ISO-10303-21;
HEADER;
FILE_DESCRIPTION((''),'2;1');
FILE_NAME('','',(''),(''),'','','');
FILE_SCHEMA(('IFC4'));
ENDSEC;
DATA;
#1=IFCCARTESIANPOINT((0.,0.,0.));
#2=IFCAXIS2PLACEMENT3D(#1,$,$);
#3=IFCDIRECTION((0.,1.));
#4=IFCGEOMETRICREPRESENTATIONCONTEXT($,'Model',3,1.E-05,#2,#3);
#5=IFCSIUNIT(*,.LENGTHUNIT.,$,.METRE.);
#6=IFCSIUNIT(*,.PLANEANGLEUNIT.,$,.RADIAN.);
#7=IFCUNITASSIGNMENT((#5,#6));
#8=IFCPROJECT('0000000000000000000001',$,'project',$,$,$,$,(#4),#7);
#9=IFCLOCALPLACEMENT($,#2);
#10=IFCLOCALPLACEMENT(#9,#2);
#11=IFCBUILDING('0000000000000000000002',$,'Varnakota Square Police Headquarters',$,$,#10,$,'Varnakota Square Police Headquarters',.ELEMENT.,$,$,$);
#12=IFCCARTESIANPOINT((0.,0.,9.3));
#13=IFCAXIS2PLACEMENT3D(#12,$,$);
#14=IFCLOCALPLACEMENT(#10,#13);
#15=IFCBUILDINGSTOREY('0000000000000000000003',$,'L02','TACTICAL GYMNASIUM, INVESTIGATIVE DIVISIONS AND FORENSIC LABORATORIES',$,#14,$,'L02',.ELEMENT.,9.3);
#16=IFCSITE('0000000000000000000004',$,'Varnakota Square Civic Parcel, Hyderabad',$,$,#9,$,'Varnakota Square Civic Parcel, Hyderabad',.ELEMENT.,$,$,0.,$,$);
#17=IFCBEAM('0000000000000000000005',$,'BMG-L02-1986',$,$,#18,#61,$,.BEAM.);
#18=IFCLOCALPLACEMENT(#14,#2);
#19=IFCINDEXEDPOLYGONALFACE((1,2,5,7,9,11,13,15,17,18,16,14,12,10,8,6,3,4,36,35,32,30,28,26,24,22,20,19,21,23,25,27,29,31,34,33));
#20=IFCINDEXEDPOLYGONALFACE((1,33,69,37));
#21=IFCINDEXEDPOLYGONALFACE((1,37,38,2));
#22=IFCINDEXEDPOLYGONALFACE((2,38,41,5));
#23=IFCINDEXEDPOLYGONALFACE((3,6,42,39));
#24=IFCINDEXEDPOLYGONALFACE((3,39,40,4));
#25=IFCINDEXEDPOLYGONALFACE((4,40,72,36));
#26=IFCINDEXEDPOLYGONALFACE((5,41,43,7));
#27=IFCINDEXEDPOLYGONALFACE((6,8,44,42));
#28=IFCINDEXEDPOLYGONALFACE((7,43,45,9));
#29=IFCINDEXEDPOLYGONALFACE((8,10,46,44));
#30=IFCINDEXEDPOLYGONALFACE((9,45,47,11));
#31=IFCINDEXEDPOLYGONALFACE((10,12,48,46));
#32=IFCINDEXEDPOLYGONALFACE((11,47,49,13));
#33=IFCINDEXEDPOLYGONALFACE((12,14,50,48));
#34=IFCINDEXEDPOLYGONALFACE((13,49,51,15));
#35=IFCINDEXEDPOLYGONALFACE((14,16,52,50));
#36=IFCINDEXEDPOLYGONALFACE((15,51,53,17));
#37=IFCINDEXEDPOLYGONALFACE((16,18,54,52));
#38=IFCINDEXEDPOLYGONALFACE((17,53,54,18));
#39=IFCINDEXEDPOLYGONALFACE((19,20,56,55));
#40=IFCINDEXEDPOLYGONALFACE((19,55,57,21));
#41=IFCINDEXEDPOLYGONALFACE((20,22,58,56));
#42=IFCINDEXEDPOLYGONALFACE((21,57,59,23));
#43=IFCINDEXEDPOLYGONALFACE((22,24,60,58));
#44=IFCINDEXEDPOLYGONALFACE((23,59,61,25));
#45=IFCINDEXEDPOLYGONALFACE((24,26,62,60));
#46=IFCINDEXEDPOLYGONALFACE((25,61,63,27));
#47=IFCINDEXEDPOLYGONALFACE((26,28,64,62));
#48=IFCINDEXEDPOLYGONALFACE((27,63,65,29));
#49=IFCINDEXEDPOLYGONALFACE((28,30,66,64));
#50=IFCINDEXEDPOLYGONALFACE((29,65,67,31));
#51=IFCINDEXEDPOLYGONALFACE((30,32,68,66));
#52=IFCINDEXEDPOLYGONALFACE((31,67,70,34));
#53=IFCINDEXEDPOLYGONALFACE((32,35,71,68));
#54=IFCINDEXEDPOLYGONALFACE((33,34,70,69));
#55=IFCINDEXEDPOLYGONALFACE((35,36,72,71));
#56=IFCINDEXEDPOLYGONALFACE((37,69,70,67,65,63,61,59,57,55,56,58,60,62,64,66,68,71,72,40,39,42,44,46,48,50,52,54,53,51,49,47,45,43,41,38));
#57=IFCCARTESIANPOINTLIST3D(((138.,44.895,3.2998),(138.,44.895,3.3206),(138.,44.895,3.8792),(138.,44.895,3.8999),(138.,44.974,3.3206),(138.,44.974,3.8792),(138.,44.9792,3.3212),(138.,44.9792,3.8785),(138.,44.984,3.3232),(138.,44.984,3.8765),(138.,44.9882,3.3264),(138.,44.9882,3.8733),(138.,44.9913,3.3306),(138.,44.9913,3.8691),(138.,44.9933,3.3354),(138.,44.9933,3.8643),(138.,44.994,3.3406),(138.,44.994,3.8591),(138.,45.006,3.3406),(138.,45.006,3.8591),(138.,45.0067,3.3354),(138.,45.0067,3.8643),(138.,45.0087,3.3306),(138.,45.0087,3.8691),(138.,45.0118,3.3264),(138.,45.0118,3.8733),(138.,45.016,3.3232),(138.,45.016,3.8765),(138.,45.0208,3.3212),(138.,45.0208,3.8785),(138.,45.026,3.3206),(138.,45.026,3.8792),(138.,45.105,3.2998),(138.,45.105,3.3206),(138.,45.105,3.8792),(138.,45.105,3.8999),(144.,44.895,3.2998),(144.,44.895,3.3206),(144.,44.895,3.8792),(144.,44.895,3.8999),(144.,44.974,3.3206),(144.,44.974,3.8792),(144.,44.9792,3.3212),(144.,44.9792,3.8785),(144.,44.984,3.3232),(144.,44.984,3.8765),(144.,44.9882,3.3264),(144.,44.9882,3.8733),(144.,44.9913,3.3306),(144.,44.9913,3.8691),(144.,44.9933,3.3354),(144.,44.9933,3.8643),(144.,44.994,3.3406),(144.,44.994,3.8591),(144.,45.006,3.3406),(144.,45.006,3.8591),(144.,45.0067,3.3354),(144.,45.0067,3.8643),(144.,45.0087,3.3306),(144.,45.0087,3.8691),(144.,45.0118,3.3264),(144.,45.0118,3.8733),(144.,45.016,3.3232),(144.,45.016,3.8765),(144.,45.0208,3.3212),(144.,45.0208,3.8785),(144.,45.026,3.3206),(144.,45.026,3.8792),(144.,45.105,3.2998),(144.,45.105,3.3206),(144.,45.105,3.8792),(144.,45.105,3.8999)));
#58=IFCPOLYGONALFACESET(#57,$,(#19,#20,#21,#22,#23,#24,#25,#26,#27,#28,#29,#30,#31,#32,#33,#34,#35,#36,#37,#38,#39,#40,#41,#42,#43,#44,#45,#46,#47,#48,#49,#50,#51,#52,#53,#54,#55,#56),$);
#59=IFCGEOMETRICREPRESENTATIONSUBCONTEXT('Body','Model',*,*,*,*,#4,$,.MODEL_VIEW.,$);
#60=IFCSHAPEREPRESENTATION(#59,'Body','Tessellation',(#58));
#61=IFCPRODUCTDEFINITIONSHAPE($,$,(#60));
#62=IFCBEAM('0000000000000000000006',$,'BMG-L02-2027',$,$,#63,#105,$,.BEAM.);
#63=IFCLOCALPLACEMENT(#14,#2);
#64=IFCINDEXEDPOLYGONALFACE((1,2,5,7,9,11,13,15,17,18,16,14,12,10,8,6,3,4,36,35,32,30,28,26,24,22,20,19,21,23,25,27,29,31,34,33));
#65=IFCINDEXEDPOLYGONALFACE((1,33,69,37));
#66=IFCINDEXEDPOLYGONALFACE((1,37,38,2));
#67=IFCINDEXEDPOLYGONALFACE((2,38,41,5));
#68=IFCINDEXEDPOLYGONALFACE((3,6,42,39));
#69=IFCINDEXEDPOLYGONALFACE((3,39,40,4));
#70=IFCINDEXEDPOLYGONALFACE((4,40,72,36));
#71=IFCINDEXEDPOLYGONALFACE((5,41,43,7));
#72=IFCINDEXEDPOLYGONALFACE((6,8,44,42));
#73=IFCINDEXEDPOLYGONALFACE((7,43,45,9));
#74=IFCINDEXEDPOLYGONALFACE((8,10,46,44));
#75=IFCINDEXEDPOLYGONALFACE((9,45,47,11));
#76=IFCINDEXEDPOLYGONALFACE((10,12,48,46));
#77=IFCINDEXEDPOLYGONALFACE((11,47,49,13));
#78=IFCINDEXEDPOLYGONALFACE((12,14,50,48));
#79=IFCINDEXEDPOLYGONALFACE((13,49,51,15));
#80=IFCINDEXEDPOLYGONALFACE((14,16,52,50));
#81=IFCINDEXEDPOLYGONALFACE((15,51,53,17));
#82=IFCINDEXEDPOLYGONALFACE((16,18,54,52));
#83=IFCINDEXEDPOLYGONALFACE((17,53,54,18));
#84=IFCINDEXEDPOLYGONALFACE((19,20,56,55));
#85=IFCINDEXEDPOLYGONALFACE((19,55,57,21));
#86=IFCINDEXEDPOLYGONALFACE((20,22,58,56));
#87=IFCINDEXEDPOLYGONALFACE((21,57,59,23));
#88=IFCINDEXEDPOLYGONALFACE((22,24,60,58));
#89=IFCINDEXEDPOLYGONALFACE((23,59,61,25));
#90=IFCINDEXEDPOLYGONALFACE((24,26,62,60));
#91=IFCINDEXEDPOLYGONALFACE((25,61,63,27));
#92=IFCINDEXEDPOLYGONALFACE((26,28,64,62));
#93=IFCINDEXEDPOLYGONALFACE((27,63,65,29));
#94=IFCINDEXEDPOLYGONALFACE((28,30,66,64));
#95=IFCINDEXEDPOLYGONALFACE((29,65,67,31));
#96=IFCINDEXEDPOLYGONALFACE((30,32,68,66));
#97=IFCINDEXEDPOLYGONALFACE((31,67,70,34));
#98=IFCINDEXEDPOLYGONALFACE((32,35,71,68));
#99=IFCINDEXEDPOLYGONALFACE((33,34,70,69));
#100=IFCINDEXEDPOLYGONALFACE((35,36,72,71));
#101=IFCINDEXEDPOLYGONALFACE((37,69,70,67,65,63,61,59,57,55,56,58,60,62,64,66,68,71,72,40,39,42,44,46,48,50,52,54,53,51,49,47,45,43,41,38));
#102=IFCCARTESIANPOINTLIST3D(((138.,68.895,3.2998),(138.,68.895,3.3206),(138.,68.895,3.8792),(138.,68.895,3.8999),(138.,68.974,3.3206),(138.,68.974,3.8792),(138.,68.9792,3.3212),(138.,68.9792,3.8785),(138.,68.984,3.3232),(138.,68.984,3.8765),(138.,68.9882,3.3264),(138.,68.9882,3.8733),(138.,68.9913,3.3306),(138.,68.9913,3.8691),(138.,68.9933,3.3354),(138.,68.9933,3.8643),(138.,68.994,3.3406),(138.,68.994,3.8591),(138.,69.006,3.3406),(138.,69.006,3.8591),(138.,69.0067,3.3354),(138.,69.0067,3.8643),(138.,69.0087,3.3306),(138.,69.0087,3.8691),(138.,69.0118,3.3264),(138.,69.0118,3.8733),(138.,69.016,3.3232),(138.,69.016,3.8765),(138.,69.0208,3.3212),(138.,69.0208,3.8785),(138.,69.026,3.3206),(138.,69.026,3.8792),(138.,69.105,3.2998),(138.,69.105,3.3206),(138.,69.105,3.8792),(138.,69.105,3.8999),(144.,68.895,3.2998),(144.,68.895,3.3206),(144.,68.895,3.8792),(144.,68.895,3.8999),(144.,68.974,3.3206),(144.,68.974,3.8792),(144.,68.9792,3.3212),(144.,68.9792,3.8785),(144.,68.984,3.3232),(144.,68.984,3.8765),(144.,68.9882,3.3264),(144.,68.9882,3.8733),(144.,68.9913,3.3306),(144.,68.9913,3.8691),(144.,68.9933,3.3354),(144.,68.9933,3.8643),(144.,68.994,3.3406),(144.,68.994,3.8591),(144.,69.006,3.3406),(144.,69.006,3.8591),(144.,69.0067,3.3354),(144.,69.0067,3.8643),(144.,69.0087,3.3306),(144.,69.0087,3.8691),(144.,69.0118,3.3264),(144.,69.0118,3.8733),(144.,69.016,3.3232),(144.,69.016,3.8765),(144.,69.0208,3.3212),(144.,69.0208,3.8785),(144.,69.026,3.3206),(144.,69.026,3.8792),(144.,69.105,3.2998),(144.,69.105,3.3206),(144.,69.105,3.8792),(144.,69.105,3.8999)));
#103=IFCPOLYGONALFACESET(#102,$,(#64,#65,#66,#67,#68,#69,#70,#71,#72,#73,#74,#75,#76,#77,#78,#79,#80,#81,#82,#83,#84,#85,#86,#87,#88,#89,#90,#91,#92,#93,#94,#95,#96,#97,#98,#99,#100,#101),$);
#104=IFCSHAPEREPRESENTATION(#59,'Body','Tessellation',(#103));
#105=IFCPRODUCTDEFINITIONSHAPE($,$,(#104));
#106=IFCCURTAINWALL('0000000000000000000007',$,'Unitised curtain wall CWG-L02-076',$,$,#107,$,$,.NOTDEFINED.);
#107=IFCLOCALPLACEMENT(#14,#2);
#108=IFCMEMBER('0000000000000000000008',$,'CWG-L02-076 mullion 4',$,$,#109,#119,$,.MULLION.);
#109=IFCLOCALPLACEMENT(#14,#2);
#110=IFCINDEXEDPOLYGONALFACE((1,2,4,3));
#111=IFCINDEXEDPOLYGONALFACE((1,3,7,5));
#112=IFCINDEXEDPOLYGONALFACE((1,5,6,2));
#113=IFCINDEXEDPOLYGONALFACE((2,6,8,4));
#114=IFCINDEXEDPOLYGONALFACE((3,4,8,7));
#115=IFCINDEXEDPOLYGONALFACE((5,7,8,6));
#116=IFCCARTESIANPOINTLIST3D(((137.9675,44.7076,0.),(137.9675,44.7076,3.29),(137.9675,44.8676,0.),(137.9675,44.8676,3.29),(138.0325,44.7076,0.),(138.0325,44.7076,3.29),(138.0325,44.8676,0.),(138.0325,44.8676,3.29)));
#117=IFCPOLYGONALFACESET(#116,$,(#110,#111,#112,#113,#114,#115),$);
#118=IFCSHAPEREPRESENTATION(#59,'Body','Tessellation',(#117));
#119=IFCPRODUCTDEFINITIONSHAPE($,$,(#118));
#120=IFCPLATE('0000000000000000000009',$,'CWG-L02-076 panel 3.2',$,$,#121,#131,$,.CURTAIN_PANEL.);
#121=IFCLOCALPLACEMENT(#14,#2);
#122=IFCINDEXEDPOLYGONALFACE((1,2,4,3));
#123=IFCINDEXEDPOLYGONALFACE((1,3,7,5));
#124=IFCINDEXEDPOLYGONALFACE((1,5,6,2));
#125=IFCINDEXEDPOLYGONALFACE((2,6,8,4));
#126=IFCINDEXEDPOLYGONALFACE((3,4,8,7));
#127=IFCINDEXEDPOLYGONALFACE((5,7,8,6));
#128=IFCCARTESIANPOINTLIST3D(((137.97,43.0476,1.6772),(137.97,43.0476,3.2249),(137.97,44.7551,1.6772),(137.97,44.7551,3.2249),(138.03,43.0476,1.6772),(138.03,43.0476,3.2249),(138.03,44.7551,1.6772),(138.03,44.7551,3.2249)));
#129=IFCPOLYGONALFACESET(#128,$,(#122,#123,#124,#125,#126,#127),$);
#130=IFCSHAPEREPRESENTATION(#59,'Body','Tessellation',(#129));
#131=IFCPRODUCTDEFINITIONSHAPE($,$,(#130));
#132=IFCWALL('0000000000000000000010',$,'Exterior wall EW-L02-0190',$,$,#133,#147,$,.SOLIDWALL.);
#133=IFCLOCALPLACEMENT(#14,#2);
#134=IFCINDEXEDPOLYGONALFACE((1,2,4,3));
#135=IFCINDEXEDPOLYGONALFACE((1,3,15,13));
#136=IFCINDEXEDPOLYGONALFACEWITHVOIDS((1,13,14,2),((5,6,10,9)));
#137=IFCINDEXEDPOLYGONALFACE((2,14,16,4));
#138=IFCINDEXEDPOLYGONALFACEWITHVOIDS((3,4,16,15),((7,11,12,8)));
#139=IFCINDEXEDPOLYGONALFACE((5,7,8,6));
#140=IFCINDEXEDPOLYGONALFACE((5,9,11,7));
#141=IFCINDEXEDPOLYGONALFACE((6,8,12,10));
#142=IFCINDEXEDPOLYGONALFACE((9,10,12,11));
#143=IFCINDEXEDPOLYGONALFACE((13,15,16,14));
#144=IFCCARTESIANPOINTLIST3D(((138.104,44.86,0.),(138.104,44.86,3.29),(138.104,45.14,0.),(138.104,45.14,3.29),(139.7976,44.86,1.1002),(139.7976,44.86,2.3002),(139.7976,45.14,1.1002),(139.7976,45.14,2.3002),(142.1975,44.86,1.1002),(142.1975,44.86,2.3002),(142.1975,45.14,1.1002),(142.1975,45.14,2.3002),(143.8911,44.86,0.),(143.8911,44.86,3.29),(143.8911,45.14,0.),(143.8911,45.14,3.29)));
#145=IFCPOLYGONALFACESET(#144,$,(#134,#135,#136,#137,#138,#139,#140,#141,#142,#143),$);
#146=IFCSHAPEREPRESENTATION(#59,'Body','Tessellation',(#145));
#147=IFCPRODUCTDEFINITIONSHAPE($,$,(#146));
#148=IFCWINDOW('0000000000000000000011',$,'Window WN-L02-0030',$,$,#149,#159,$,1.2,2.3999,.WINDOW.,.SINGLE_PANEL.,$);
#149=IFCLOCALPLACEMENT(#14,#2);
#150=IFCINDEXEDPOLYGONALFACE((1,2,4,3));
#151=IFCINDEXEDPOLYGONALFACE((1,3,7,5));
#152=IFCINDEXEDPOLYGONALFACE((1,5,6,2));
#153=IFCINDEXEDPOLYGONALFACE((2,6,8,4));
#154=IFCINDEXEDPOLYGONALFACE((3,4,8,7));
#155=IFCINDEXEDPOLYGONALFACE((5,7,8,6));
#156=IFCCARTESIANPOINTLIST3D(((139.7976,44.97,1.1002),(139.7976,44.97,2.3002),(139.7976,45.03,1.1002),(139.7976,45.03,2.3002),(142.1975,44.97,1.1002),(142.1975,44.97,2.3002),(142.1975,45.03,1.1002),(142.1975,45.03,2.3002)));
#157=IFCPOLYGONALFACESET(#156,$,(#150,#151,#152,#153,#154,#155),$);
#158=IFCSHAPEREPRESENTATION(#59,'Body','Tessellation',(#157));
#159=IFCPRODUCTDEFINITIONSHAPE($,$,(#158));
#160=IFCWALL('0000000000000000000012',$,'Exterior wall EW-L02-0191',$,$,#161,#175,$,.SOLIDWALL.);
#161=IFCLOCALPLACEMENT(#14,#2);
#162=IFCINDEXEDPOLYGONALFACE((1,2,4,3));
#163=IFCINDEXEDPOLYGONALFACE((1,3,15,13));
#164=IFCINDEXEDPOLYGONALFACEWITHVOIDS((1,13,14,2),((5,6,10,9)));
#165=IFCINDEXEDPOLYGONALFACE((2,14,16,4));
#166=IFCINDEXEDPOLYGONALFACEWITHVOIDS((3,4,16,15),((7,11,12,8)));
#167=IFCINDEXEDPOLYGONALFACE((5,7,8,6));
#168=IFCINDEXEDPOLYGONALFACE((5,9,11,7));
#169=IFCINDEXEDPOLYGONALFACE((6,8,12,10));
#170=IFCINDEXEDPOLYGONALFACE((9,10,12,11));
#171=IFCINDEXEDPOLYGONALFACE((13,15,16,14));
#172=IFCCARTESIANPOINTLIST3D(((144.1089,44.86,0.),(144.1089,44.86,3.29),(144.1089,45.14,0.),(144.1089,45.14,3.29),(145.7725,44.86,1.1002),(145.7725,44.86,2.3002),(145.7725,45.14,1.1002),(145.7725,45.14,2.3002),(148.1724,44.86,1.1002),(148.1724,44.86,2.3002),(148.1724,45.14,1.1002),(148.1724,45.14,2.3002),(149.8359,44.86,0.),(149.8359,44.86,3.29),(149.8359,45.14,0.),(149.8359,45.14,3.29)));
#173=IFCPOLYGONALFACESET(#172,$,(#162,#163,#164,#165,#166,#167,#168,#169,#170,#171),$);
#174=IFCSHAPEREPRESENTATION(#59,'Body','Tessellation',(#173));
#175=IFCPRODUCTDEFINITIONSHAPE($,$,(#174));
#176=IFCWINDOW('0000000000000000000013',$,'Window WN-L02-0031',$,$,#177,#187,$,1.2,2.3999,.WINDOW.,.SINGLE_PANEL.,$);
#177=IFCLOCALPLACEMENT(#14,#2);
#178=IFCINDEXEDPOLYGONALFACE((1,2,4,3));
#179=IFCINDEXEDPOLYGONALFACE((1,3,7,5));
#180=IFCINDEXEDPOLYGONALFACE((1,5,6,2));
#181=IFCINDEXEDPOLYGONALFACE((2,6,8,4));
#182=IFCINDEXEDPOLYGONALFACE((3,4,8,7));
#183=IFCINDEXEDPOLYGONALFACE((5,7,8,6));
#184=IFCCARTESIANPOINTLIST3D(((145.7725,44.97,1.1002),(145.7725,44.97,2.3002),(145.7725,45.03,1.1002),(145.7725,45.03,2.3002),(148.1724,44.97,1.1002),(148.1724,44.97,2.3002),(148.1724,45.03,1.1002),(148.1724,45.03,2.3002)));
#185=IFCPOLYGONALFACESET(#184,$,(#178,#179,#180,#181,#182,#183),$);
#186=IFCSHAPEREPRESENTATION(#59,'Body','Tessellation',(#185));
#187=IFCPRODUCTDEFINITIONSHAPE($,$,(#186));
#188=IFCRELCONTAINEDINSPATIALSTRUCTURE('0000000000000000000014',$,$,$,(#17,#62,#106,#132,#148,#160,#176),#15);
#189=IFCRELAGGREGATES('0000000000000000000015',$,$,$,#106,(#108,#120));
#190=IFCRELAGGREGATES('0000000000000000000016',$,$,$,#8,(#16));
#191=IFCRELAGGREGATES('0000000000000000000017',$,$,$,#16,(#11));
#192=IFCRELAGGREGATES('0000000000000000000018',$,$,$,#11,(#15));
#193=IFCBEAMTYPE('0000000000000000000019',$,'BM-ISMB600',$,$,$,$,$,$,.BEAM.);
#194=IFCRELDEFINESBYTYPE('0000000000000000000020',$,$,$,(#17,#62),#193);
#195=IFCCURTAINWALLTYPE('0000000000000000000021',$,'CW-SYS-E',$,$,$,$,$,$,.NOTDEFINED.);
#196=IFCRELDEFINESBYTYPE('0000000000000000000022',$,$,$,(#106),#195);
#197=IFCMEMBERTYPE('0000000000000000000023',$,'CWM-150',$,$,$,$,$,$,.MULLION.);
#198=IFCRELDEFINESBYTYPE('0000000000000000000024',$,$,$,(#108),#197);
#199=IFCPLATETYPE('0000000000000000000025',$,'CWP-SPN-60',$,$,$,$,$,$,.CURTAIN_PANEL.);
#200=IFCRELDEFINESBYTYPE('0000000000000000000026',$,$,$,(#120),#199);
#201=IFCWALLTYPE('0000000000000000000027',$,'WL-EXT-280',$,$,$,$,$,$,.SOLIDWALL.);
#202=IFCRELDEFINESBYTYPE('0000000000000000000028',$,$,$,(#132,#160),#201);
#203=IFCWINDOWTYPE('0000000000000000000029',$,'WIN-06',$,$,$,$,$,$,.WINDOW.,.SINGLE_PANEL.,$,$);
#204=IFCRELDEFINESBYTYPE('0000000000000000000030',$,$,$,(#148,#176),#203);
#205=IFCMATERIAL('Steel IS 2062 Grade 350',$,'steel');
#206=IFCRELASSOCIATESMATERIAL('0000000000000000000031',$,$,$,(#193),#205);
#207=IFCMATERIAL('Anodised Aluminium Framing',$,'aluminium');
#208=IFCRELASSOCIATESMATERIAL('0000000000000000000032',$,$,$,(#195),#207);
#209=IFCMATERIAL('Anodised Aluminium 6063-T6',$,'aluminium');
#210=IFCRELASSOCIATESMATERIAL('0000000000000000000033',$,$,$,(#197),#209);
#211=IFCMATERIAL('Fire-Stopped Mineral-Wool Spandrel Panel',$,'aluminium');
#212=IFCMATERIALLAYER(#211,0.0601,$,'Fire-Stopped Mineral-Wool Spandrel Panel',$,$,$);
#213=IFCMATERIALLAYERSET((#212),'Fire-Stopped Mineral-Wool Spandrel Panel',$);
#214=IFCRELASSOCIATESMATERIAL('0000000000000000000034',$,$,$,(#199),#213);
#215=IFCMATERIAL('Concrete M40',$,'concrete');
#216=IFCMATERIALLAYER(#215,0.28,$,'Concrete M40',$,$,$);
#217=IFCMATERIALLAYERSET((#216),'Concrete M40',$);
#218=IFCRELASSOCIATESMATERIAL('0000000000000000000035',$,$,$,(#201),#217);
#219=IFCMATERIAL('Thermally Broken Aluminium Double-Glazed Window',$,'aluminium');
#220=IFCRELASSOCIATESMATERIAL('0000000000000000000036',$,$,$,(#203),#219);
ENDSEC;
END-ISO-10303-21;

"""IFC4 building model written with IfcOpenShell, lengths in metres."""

from ifc_helpers import new_model, si_unit, direction, frame, frame_2d, origin, origin_2d, place, context, subcontext, project, spatial, rectangle, i_section, extrude, material, layer, layer_set, material_profile, profile_set, type_object, element, fill, aggregate, save


model = new_model("IFC4")

# Units and contexts
model_context = context("Model", 3, precision=1e-05, world=origin(), true_north=direction((0.0, 1.0)))
body_context = subcontext(model_context, "Body", "Model", "MODEL_VIEW")
ifc_project = project(units=[si_unit("LENGTHUNIT", "METRE"), si_unit("PLANEANGLEUNIT", "RADIAN")], contexts=[model_context])

# Site, building, storey
site_placement = place(None, origin())
site = spatial("IfcSite", under=ifc_project, at=site_placement, Name="Varnakota Square Civic Parcel, Hyderabad", LongName="Varnakota Square Civic Parcel, Hyderabad", CompositionType="ELEMENT", RefElevation=0.0)
building_placement = place(site_placement, origin())
building = spatial("IfcBuilding", under=site, at=building_placement, Name="Varnakota Square Police Headquarters", LongName="Varnakota Square Police Headquarters", CompositionType="ELEMENT")
storey_placement = place(building_placement, frame((0.0, 0.0, 9.3)))
storey = spatial("IfcBuildingStorey", under=building, at=storey_placement, Name="L02", Description="TACTICAL GYMNASIUM, INVESTIGATIVE DIVISIONS AND FORENSIC LABORATORIES", LongName="L02", CompositionType="ELEMENT", Elevation=9.3)

# Shared definitions
ifc_material_1 = material(Name="Steel IS 2062 Grade 350", Category="steel")

# Beams
ifc_material_profile_1 = material_profile(ifc_material_1, i_section(OverallWidth=0.21, OverallDepth=0.6001, WebThickness=0.012, FlangeThickness=0.0208, FilletRadius=0.02, at=origin_2d()), Name="ISMB 600")
ifc_profile_set_1 = profile_set([ifc_material_profile_1], Name="Steel IS 2062 Grade 350")
beam_type_1 = type_object("IfcBeamType", Name="BM-ISMB600", PredefinedType="BEAM", material=ifc_profile_set_1)
for number, where, z_axis, x_axis, name in (
    (1, (138.0, 45.0, 3.5999), (1.0, 0.0, 0.0), (0.0, 1.0, 0.0), "BMG-L02-1986"),
    (2, (138.0, 69.0, 3.5999), (1.0, 0.0, 0.0), (0.0, 1.0, 0.0), "BMG-L02-2027"),
):
    element("IfcBeam", number, at=place(storey_placement, frame(where, z_axis=z_axis, x_axis=x_axis)), inside=storey, type_object=beam_type_1, Name=name, PredefinedType="BEAM", context=body_context, shape_type="SweptSolid", body=[
        extrude(i_section(OverallWidth=0.21, OverallDepth=0.6001, WebThickness=0.012, FlangeThickness=0.0208, FilletRadius=0.02, at=origin_2d()), origin(), (0.0, 0.0, 1.0), 6.0),
    ])

# Curtain wall, member, plate
ifc_material_2 = material(Name="Anodised Aluminium Framing", Category="aluminium")
curtain_wall_type = type_object("IfcCurtainWallType", Name="CW-SYS-E", PredefinedType="NOTDEFINED", material=ifc_material_2)
curtain_wall_placement = place(storey_placement, origin())
curtain_wall = element("IfcCurtainWall", 3, at=curtain_wall_placement, inside=storey, type_object=curtain_wall_type, Name="Unitised curtain wall CWG-L02-076", PredefinedType="NOTDEFINED")
ifc_material_3 = material(Name="Anodised Aluminium 6063-T6", Category="aluminium")
ifc_material_profile_2 = material_profile(ifc_material_3, rectangle(XDim=0.0649, YDim=0.1599, at=origin_2d()), Name="ALU MULLION 65x160")
ifc_profile_set_2 = profile_set([ifc_material_profile_2], Name="Anodised Aluminium 6063-T6")
member_type = type_object("IfcMemberType", Name="CWM-150", PredefinedType="MULLION", material=ifc_profile_set_2)
member_placement = place(storey_placement, frame((138.0, 44.7876, 0.0), z_axis=(0.0, 0.0, 1.0), x_axis=(-1.0, 0.0, 0.0)))
member = element("IfcMember", 4, at=member_placement, type_object=member_type, Name="CWG-L02-076 mullion 4", PredefinedType="MULLION", context=body_context, shape_type="SweptSolid", body=[
    extrude(rectangle(XDim=0.0649, YDim=0.1599, at=origin_2d()), origin(), (0.0, 0.0, 1.0), 3.29),
])
ifc_material_4 = material(Name="Fire-Stopped Mineral-Wool Spandrel Panel", Category="aluminium")
ifc_layer_1 = layer(ifc_material_4, 0.0601, Name="Fire-Stopped Mineral-Wool Spandrel Panel")
ifc_layer_set_1 = layer_set([ifc_layer_1], Name="Fire-Stopped Mineral-Wool Spandrel Panel")
plate_type = type_object("IfcPlateType", Name="CWP-SPN-60", PredefinedType="CURTAIN_PANEL", material=ifc_layer_set_1)
plate_placement = place(storey_placement, frame((138.0, 43.9014, 1.6772), z_axis=(0.0, 0.0, 1.0), x_axis=(0.0, 1.0, 0.0)))
plate = element("IfcPlate", 5, at=plate_placement, type_object=plate_type, Name="CWG-L02-076 panel 3.2", PredefinedType="CURTAIN_PANEL", context=body_context, shape_type="SweptSolid", body=[
    extrude(rectangle(XDim=1.7075, YDim=0.0601, at=origin_2d()), origin(), (0.0, 0.0, 1.0), 1.5476),
])
aggregate(curtain_wall, [member, plate])

# Walls, openings, windows
ifc_material_5 = material(Name="Concrete M40", Category="concrete")
ifc_layer_2 = layer(ifc_material_5, 0.28, Name="Concrete M40")
ifc_layer_set_2 = layer_set([ifc_layer_2], Name="Concrete M40")
wall_type_1 = type_object("IfcWallType", Name="WL-EXT-280", PredefinedType="SOLIDWALL", material=ifc_layer_set_2)
wall_1_placement = place(storey_placement, frame((138.104, 45.0, 0.0), z_axis=(0.0, 0.0, 1.0), x_axis=(1.0, 0.0, 0.0)))
wall_1 = element("IfcWall", 6, at=wall_1_placement, inside=storey, type_object=wall_type_1, Name="Exterior wall EW-L02-0190", PredefinedType="SOLIDWALL", context=body_context, shape_type="SweptSolid", body=[
    extrude(rectangle(XDim=5.7871, YDim=0.28, at=frame_2d((2.8936, 0.0))), origin(), (0.0, 0.0, 1.0), 3.29),
])
opening_1_placement = place(wall_1_placement, frame((1.6936, 0.0, 1.1001)))
opening_1 = element("IfcOpeningElement", 7, at=opening_1_placement, cuts=wall_1, PredefinedType="OPENING", context=body_context, shape_type="SweptSolid", body=[
    extrude(rectangle(XDim=2.3999, YDim=1.2, at=frame_2d((1.2, 0.6001))), frame((0.0, 0.1499, 0.0), z_axis=(0.0, -1.0, 0.0), x_axis=(1.0, 0.0, 0.0)), (0.0, 0.0, 1.0), 0.3),
])
ifc_material_6 = material(Name="Thermally Broken Aluminium Double-Glazed Window", Category="aluminium")
window_type = type_object("IfcWindowType", Name="WIN-06", PartitioningType="SINGLE_PANEL", PredefinedType="WINDOW", material=ifc_material_6)
window_1_placement = place(opening_1_placement, origin())
window_1 = element("IfcWindow", 8, at=window_1_placement, inside=storey, type_object=window_type, Name="Window WN-L02-0030", OverallHeight=1.2, OverallWidth=2.3999, PartitioningType="SINGLE_PANEL", PredefinedType="WINDOW", context=body_context, shape_type="SweptSolid", body=[
    extrude(rectangle(XDim=2.3999, YDim=1.2, at=frame_2d((1.2, 0.6001))), frame((0.0, 0.03, 0.0), z_axis=(0.0, -1.0, 0.0), x_axis=(1.0, 0.0, 0.0)), (0.0, 0.0, 1.0), 0.0601),
])
fill(opening_1, window_1)
wall_2_placement = place(storey_placement, frame((144.1089, 45.0, 0.0), z_axis=(0.0, 0.0, 1.0), x_axis=(1.0, 0.0, 0.0)))
wall_2 = element("IfcWall", 9, at=wall_2_placement, inside=storey, type_object=wall_type_1, Name="Exterior wall EW-L02-0191", PredefinedType="SOLIDWALL", context=body_context, shape_type="SweptSolid", body=[
    extrude(rectangle(XDim=5.7271, YDim=0.28, at=frame_2d((2.8635, 0.0))), origin(), (0.0, 0.0, 1.0), 3.29),
])
opening_2_placement = place(wall_2_placement, frame((1.6636, 0.0, 1.1001)))
opening_2 = element("IfcOpeningElement", 10, at=opening_2_placement, cuts=wall_2, PredefinedType="OPENING", context=body_context, shape_type="SweptSolid", body=[
    extrude(rectangle(XDim=2.3999, YDim=1.2, at=frame_2d((1.2, 0.6001))), frame((0.0, 0.1499, 0.0), z_axis=(0.0, -1.0, 0.0), x_axis=(1.0, 0.0, 0.0)), (0.0, 0.0, 1.0), 0.3),
])
window_2_placement = place(opening_2_placement, origin())
window_2 = element("IfcWindow", 11, at=window_2_placement, inside=storey, type_object=window_type, Name="Window WN-L02-0031", OverallHeight=1.2, OverallWidth=2.3999, PartitioningType="SINGLE_PANEL", PredefinedType="WINDOW", context=body_context, shape_type="SweptSolid", body=[
    extrude(rectangle(XDim=2.3999, YDim=1.2, at=frame_2d((1.2, 0.6001))), frame((0.0, 0.03, 0.0), z_axis=(0.0, -1.0, 0.0), x_axis=(1.0, 0.0, 0.0)), (0.0, 0.0, 1.0), 0.0601),
])
fill(opening_2, window_2)

save(model, "model.ifc")
